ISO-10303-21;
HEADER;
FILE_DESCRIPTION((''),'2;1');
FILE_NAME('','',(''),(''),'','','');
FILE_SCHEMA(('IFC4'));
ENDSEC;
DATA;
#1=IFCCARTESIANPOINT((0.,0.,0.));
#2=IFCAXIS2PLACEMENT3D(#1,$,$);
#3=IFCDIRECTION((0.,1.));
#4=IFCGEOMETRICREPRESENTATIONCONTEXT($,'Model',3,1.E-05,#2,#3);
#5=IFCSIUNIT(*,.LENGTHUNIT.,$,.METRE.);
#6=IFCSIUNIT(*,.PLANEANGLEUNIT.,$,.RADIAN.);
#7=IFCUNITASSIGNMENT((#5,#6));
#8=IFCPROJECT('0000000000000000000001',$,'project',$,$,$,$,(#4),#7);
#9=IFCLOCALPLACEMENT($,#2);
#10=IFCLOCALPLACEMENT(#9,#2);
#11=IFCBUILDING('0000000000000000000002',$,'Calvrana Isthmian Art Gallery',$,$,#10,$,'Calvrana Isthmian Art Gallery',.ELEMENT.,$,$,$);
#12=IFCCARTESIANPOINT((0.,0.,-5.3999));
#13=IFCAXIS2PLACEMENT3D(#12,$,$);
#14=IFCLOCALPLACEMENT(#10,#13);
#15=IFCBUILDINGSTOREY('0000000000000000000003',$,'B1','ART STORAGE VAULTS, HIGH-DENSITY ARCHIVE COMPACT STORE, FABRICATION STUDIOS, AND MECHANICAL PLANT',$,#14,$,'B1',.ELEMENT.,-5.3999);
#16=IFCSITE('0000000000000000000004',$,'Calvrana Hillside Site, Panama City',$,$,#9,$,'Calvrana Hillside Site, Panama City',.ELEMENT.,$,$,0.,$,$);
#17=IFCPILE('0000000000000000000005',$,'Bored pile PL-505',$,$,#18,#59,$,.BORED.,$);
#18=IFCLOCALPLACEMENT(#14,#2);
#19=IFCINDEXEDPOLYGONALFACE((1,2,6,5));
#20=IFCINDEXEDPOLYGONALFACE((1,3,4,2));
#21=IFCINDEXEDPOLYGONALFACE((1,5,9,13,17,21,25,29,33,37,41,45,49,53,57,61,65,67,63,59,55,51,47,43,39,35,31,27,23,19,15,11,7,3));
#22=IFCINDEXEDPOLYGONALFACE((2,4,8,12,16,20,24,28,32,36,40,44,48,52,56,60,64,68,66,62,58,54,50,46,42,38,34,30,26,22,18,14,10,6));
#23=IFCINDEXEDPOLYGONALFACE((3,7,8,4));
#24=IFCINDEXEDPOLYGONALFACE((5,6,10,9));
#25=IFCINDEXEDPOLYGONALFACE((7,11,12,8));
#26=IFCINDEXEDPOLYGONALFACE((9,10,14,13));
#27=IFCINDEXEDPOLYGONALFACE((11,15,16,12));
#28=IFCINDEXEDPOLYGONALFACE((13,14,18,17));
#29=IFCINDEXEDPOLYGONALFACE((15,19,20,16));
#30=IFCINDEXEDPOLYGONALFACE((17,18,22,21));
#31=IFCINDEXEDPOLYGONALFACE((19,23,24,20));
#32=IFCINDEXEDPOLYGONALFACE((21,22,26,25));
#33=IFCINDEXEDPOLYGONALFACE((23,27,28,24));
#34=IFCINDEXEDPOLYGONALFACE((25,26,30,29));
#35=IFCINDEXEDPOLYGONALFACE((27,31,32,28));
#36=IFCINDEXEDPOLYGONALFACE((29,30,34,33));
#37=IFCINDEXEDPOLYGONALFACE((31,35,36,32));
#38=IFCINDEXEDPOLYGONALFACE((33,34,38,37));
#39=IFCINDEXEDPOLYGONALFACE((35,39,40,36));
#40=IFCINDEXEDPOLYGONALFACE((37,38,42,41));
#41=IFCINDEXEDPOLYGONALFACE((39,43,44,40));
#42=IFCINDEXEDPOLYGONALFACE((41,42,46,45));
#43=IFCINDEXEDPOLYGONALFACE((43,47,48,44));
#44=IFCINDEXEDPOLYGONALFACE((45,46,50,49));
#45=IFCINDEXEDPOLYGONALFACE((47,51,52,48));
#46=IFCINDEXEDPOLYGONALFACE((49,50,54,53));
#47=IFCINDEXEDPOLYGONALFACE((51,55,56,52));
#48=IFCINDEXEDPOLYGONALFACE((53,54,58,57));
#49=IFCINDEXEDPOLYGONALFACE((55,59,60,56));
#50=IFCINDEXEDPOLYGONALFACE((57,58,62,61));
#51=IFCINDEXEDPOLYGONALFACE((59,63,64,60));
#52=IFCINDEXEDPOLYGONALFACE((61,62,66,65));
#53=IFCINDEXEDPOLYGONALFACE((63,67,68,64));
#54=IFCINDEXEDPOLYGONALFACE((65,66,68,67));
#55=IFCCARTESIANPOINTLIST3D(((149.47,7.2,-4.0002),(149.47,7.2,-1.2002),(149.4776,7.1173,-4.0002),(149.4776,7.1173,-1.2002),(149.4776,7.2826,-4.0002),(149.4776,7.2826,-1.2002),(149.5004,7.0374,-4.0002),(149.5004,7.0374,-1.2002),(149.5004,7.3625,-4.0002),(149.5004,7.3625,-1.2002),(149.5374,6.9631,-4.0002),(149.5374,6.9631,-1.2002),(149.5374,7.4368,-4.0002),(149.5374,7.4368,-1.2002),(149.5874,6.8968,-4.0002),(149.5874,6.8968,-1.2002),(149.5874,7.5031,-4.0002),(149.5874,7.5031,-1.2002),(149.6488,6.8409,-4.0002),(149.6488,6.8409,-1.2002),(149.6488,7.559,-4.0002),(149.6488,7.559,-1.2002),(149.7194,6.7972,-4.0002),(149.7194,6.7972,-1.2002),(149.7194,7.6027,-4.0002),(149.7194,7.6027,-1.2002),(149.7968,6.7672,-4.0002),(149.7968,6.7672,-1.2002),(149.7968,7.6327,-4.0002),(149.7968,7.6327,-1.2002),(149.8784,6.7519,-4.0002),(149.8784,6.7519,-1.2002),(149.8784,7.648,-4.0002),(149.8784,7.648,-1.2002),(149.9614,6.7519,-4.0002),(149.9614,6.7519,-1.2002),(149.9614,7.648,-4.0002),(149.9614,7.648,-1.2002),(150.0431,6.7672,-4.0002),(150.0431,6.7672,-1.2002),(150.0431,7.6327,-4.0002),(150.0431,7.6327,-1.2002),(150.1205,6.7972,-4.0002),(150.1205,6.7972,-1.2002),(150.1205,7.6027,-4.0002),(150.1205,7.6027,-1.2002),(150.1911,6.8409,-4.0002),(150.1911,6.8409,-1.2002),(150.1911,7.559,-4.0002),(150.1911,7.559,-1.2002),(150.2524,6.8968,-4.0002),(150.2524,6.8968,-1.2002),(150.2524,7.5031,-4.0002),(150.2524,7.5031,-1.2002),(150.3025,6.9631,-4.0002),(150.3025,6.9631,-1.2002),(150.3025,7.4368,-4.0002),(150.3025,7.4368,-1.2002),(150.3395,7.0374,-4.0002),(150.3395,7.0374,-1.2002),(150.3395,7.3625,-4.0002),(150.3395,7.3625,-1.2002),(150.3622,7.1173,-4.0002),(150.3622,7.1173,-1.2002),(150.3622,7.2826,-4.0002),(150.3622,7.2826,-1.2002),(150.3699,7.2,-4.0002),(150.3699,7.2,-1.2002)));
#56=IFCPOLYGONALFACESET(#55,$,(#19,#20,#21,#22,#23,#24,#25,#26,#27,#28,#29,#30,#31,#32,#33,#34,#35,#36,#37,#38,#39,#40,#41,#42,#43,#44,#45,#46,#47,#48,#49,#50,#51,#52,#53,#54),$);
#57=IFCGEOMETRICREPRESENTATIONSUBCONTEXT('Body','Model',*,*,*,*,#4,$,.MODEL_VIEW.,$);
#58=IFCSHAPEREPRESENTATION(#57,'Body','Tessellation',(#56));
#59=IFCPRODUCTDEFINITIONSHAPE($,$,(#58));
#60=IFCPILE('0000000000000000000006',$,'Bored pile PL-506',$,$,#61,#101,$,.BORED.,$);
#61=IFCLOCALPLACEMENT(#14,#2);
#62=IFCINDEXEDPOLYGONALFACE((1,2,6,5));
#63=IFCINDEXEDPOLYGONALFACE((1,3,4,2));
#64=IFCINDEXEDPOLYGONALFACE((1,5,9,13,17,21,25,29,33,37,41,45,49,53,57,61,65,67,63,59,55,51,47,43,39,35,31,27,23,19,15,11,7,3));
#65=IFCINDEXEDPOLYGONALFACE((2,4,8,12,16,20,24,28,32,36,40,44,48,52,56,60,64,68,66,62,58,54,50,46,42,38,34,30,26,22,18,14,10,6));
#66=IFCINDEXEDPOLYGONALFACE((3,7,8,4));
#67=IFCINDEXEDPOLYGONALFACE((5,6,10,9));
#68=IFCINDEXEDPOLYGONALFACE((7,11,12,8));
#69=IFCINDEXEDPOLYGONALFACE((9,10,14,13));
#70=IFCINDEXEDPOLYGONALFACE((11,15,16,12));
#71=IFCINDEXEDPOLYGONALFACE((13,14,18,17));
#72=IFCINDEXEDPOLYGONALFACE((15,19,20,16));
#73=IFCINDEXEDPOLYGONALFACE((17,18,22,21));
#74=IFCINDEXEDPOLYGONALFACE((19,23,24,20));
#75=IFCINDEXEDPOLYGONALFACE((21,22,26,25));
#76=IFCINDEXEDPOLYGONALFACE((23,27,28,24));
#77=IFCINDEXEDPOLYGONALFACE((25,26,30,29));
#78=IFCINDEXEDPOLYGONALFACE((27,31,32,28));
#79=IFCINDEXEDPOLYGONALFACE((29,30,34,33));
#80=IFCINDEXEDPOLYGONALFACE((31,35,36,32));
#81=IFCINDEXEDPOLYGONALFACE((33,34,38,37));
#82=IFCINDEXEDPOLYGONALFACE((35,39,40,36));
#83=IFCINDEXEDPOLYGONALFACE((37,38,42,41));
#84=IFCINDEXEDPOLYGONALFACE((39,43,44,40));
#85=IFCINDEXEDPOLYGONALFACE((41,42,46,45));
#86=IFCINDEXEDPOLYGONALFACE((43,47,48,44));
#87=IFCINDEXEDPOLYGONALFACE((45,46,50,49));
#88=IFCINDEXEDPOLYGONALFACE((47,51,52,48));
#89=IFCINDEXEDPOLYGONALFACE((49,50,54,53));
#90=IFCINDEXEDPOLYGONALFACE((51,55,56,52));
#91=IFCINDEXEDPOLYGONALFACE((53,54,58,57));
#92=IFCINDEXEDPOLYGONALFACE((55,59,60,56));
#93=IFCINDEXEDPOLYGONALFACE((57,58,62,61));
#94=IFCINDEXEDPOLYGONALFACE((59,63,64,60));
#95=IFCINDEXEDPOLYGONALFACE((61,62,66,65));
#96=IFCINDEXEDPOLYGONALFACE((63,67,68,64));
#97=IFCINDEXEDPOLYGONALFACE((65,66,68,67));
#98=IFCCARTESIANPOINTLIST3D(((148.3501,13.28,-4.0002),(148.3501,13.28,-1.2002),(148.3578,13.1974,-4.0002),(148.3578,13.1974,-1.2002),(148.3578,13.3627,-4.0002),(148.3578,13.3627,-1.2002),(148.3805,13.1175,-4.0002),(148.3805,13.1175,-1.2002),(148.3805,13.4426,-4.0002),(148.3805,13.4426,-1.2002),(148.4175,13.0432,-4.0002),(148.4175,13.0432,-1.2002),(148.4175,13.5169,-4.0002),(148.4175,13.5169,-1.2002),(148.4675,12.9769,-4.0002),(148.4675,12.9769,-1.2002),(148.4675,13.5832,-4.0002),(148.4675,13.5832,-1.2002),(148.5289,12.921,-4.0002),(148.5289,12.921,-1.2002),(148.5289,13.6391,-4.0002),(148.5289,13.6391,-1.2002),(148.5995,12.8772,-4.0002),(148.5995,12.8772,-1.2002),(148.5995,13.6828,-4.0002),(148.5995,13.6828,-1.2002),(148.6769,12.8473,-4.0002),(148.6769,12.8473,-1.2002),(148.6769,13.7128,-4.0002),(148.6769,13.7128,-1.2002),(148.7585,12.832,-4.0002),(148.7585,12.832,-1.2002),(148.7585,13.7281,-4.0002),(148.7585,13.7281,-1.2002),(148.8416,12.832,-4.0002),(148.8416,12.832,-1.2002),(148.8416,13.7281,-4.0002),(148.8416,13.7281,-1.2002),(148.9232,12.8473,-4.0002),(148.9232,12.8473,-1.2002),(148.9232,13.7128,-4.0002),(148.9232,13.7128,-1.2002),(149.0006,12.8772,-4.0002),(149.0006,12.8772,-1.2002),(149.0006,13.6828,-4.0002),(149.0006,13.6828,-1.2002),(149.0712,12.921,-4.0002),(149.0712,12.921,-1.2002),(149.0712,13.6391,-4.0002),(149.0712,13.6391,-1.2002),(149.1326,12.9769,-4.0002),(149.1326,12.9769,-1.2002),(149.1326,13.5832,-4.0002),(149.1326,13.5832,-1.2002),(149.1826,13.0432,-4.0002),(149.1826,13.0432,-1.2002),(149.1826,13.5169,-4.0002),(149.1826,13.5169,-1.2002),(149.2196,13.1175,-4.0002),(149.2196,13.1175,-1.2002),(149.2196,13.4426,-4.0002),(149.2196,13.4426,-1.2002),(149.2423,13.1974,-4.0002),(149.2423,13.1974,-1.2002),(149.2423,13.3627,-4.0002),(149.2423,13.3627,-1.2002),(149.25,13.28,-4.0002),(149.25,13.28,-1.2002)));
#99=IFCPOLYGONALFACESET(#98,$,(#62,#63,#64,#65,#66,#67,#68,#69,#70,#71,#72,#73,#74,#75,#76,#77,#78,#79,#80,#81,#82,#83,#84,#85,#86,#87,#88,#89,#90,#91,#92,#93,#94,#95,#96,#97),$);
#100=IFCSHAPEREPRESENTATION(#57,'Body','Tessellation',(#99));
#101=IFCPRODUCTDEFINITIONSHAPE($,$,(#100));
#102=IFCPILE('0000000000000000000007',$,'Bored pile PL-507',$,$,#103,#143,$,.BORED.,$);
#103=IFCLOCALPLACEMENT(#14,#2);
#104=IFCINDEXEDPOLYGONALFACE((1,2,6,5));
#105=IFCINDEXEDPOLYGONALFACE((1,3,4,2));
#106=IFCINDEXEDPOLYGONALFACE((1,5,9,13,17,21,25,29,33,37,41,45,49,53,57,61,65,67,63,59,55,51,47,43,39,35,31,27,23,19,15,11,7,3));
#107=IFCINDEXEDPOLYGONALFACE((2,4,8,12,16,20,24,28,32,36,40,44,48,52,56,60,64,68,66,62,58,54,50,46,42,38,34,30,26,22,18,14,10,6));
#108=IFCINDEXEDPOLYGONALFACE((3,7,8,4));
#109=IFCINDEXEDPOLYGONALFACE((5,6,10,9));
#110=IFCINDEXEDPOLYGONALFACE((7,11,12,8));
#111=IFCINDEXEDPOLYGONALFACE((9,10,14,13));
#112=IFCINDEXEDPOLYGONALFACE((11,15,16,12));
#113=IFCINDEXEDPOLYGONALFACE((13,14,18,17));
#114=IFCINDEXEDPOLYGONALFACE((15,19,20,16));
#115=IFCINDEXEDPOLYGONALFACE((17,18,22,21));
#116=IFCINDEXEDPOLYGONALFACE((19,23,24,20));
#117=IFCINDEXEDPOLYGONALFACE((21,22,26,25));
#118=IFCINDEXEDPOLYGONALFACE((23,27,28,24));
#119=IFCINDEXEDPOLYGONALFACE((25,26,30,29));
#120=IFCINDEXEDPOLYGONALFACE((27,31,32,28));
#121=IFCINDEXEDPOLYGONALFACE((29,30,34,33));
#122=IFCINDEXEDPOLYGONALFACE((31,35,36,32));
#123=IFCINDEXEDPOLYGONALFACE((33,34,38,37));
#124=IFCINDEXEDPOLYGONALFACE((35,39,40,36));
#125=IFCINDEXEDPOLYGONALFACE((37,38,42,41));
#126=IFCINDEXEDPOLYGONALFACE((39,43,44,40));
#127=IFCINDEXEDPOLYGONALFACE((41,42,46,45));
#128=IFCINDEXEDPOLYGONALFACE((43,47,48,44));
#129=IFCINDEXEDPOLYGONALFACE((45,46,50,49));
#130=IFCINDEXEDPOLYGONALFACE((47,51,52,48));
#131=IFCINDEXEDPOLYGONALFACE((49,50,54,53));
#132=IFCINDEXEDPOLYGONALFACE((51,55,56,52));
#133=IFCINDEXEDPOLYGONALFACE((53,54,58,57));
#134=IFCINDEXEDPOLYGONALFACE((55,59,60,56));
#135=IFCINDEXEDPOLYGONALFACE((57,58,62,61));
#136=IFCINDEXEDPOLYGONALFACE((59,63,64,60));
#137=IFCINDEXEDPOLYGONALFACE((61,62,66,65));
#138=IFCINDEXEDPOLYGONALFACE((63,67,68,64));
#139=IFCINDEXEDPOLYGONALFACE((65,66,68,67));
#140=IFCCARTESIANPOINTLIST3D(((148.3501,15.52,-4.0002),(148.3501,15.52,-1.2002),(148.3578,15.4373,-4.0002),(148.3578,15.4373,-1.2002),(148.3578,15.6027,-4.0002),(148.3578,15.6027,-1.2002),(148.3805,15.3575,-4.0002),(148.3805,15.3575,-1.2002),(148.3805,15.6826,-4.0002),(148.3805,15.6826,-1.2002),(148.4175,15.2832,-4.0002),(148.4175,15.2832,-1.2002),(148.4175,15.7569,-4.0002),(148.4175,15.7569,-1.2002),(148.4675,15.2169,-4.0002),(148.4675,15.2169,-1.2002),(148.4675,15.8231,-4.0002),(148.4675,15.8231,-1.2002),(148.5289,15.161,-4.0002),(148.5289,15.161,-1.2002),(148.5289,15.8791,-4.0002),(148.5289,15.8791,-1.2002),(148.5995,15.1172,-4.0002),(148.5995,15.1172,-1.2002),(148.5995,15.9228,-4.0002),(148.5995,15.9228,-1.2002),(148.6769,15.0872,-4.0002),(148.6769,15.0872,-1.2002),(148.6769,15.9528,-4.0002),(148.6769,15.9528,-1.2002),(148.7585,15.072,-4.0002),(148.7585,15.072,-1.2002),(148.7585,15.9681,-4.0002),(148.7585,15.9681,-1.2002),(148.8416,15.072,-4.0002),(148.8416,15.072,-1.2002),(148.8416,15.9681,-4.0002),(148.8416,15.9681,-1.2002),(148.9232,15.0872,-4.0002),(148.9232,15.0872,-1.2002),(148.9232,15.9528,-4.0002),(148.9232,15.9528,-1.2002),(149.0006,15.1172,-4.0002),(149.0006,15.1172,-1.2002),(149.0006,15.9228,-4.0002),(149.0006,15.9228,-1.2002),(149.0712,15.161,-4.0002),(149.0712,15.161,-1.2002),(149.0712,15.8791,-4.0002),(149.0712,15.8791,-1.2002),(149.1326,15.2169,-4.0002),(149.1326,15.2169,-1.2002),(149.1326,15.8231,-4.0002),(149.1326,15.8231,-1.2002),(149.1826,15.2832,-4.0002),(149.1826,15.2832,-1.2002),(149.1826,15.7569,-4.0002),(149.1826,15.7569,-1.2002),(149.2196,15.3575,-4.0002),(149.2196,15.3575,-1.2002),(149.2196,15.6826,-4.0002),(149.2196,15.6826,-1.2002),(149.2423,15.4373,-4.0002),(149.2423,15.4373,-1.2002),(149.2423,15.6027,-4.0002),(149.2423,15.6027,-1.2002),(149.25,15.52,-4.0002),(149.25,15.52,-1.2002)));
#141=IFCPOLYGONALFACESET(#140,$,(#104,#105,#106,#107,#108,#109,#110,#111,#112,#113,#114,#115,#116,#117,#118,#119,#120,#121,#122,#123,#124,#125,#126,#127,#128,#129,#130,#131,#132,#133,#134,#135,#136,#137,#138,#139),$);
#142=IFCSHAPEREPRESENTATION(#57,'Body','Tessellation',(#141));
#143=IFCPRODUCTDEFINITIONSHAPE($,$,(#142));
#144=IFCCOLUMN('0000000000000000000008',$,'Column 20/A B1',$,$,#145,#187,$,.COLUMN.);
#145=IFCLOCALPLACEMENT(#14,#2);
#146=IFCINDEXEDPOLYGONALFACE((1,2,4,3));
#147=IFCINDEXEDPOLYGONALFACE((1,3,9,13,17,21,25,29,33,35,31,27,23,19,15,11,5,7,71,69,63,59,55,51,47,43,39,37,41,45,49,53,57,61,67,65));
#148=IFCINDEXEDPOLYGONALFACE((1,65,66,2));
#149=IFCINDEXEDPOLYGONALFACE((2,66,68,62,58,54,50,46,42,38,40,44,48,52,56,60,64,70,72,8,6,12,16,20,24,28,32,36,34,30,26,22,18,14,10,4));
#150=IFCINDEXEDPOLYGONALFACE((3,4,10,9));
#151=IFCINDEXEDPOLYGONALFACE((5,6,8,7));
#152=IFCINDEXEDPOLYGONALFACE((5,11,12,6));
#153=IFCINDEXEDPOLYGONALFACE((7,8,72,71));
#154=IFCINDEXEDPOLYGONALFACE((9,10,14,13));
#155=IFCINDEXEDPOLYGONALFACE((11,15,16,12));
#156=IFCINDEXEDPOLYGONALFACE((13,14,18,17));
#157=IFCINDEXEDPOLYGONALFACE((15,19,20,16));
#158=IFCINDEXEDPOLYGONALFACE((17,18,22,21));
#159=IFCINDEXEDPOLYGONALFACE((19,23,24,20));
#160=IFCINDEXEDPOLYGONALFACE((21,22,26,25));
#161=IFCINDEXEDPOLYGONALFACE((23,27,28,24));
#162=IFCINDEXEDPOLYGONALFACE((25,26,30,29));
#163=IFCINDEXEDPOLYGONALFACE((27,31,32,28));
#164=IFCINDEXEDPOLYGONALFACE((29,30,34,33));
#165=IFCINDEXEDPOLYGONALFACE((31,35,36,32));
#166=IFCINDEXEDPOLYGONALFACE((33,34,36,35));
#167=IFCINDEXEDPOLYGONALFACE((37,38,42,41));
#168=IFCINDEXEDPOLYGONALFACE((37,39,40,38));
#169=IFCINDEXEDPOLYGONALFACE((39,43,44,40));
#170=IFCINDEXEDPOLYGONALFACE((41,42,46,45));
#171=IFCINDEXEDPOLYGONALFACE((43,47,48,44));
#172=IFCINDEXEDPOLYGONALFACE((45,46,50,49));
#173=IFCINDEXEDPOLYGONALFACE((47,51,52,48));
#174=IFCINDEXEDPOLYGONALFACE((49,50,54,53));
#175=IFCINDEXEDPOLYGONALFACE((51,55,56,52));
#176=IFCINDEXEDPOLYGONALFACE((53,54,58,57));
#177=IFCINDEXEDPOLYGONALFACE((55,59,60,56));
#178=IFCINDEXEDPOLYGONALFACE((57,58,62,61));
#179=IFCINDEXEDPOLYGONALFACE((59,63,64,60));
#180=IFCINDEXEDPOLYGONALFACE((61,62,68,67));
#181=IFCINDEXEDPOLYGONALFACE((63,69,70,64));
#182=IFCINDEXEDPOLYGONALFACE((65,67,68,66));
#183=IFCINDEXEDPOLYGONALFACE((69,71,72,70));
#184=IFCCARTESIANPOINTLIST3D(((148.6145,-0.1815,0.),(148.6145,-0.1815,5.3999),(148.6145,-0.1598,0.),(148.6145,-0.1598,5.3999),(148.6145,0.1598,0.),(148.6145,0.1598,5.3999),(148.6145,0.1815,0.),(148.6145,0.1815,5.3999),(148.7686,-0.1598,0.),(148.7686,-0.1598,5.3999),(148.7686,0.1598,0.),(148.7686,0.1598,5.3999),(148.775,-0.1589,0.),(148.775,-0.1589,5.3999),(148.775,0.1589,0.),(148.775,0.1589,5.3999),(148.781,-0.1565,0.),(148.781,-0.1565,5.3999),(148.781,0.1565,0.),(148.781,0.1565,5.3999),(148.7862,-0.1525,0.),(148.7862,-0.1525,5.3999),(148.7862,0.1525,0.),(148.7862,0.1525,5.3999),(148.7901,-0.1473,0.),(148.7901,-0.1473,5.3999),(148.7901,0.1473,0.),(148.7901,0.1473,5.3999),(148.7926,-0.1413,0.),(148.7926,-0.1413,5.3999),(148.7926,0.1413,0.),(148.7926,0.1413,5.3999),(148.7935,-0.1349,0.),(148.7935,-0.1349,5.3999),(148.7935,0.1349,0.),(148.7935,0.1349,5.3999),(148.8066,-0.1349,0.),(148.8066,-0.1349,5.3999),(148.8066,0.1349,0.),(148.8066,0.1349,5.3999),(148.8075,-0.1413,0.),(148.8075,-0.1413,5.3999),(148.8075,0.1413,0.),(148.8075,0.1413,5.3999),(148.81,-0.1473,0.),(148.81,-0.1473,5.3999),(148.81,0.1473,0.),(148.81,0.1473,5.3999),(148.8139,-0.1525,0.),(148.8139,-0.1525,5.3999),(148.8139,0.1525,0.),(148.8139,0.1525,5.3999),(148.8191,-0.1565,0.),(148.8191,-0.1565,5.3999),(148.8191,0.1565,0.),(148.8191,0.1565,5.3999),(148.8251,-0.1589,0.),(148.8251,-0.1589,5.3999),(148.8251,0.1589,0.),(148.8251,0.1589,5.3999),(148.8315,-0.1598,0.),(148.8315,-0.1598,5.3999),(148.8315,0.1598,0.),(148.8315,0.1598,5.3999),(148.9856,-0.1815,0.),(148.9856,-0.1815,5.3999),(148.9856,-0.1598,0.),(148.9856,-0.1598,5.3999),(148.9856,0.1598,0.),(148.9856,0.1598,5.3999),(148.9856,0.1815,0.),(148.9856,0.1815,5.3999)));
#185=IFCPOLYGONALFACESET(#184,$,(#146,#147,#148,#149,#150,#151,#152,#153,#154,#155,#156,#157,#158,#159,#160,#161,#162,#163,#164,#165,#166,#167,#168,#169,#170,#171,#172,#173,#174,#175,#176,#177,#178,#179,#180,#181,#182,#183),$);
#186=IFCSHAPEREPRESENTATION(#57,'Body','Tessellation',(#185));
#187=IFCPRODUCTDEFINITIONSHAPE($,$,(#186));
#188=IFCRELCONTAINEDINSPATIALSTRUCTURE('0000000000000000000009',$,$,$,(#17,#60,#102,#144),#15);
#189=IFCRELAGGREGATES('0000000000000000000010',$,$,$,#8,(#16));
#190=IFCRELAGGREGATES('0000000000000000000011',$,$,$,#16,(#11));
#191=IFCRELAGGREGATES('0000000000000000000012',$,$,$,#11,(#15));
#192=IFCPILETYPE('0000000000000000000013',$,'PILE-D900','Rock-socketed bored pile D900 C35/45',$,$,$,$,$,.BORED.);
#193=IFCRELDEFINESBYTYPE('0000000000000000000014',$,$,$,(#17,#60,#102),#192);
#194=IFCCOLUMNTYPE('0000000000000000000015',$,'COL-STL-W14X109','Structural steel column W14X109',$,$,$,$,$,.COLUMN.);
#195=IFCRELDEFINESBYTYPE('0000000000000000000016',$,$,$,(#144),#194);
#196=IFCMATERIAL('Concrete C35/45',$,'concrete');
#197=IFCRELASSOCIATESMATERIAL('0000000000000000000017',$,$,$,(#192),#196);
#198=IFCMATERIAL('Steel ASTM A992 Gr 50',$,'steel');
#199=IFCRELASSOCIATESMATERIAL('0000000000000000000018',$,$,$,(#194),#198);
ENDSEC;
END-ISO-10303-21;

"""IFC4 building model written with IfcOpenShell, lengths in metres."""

from ifc_helpers import new_model, si_unit, direction, frame, origin, origin_2d, place, context, subcontext, project, spatial, circle, i_section, extrude, material, material_profile, profile_set, type_object, element, save


model = new_model("IFC4")

# Units and contexts
model_context = context("Model", 3, precision=1e-05, world=origin(), true_north=direction((0.0, 1.0)))
body_context = subcontext(model_context, "Body", "Model", "MODEL_VIEW")
ifc_project = project(units=[si_unit("LENGTHUNIT", "METRE"), si_unit("PLANEANGLEUNIT", "RADIAN")], contexts=[model_context])

# Site, building, storey
site_placement = place(None, origin())
site = spatial("IfcSite", under=ifc_project, at=site_placement, Name="Calvrana Hillside Site, Panama City", LongName="Calvrana Hillside Site, Panama City", CompositionType="ELEMENT", RefElevation=0.0)
building_placement = place(site_placement, origin())
building = spatial("IfcBuilding", under=site, at=building_placement, Name="Calvrana Isthmian Art Gallery", LongName="Calvrana Isthmian Art Gallery", CompositionType="ELEMENT")
storey_placement = place(building_placement, frame((0.0, 0.0, -5.3999)))
storey = spatial("IfcBuildingStorey", under=building, at=storey_placement, Name="B1", Description="ART STORAGE VAULTS, HIGH-DENSITY ARCHIVE COMPACT STORE, FABRICATION STUDIOS, AND MECHANICAL PLANT", LongName="B1", CompositionType="ELEMENT", Elevation=-5.3999)

# Shared definitions
ifc_material_1 = material(Name="Concrete C35/45", Category="concrete")

# Piles
ifc_material_profile_1 = material_profile(ifc_material_1, circle(Radius=0.45, at=origin_2d()), Name="PILE900D")
ifc_profile_set_1 = profile_set([ifc_material_profile_1], Name="Concrete C35/45")
pile_type_1 = type_object("IfcPileType", Name="PILE-D900", Description="Rock-socketed bored pile D900 C35/45", PredefinedType="BORED", material=ifc_profile_set_1)
for number, where, z_axis, x_axis, name in (
    (1, (149.9199, 7.2, -1.2002), (0.0, 0.0, -1.0), (1.0, 0.0, 0.0), "Bored pile PL-505"),
    (2, (148.8, 13.28, -1.2002), (0.0, 0.0, -1.0), (1.0, 0.0, 0.0), "Bored pile PL-506"),
    (3, (148.8, 15.52, -1.2002), (0.0, 0.0, -1.0), (1.0, 0.0, 0.0), "Bored pile PL-507"),
):
    element("IfcPile", number, at=place(storey_placement, frame(where, z_axis=z_axis, x_axis=x_axis)), inside=storey, type_object=pile_type_1, Name=name, PredefinedType="BORED", context=body_context, shape_type="SweptSolid", body=[
        extrude(circle(Radius=0.45, at=origin_2d()), origin(), (0.0, 0.0, 1.0), 2.8),
    ])

# Column
ifc_material_2 = material(Name="Steel ASTM A992 Gr 50", Category="steel")
ifc_material_profile_2 = material_profile(ifc_material_2, i_section(OverallWidth=0.3711, OverallDepth=0.363, WebThickness=0.0132, FlangeThickness=0.0217, FilletRadius=0.0249, at=origin_2d()), Name="W14X109")
ifc_profile_set_2 = profile_set([ifc_material_profile_2], Name="Steel ASTM A992 Gr 50")
column_type_1 = type_object("IfcColumnType", Name="COL-STL-W14X109", Description="Structural steel column W14X109", PredefinedType="COLUMN", material=ifc_profile_set_2)
column_1_placement = place(storey_placement, frame((148.8, 0.0, 0.0), z_axis=(0.0, 0.0, 1.0), x_axis=(1.0, 0.0, 0.0)))
element("IfcColumn", 4, at=column_1_placement, inside=storey, type_object=column_type_1, Name="Column 20/A B1", PredefinedType="COLUMN", context=body_context, shape_type="SweptSolid", body=[
    extrude(i_section(OverallWidth=0.3711, OverallDepth=0.363, WebThickness=0.0132, FlangeThickness=0.0217, FilletRadius=0.0249, at=origin_2d()), origin(), (0.0, 0.0, 1.0), 5.3999),
])

save(model, "model.ifc")
